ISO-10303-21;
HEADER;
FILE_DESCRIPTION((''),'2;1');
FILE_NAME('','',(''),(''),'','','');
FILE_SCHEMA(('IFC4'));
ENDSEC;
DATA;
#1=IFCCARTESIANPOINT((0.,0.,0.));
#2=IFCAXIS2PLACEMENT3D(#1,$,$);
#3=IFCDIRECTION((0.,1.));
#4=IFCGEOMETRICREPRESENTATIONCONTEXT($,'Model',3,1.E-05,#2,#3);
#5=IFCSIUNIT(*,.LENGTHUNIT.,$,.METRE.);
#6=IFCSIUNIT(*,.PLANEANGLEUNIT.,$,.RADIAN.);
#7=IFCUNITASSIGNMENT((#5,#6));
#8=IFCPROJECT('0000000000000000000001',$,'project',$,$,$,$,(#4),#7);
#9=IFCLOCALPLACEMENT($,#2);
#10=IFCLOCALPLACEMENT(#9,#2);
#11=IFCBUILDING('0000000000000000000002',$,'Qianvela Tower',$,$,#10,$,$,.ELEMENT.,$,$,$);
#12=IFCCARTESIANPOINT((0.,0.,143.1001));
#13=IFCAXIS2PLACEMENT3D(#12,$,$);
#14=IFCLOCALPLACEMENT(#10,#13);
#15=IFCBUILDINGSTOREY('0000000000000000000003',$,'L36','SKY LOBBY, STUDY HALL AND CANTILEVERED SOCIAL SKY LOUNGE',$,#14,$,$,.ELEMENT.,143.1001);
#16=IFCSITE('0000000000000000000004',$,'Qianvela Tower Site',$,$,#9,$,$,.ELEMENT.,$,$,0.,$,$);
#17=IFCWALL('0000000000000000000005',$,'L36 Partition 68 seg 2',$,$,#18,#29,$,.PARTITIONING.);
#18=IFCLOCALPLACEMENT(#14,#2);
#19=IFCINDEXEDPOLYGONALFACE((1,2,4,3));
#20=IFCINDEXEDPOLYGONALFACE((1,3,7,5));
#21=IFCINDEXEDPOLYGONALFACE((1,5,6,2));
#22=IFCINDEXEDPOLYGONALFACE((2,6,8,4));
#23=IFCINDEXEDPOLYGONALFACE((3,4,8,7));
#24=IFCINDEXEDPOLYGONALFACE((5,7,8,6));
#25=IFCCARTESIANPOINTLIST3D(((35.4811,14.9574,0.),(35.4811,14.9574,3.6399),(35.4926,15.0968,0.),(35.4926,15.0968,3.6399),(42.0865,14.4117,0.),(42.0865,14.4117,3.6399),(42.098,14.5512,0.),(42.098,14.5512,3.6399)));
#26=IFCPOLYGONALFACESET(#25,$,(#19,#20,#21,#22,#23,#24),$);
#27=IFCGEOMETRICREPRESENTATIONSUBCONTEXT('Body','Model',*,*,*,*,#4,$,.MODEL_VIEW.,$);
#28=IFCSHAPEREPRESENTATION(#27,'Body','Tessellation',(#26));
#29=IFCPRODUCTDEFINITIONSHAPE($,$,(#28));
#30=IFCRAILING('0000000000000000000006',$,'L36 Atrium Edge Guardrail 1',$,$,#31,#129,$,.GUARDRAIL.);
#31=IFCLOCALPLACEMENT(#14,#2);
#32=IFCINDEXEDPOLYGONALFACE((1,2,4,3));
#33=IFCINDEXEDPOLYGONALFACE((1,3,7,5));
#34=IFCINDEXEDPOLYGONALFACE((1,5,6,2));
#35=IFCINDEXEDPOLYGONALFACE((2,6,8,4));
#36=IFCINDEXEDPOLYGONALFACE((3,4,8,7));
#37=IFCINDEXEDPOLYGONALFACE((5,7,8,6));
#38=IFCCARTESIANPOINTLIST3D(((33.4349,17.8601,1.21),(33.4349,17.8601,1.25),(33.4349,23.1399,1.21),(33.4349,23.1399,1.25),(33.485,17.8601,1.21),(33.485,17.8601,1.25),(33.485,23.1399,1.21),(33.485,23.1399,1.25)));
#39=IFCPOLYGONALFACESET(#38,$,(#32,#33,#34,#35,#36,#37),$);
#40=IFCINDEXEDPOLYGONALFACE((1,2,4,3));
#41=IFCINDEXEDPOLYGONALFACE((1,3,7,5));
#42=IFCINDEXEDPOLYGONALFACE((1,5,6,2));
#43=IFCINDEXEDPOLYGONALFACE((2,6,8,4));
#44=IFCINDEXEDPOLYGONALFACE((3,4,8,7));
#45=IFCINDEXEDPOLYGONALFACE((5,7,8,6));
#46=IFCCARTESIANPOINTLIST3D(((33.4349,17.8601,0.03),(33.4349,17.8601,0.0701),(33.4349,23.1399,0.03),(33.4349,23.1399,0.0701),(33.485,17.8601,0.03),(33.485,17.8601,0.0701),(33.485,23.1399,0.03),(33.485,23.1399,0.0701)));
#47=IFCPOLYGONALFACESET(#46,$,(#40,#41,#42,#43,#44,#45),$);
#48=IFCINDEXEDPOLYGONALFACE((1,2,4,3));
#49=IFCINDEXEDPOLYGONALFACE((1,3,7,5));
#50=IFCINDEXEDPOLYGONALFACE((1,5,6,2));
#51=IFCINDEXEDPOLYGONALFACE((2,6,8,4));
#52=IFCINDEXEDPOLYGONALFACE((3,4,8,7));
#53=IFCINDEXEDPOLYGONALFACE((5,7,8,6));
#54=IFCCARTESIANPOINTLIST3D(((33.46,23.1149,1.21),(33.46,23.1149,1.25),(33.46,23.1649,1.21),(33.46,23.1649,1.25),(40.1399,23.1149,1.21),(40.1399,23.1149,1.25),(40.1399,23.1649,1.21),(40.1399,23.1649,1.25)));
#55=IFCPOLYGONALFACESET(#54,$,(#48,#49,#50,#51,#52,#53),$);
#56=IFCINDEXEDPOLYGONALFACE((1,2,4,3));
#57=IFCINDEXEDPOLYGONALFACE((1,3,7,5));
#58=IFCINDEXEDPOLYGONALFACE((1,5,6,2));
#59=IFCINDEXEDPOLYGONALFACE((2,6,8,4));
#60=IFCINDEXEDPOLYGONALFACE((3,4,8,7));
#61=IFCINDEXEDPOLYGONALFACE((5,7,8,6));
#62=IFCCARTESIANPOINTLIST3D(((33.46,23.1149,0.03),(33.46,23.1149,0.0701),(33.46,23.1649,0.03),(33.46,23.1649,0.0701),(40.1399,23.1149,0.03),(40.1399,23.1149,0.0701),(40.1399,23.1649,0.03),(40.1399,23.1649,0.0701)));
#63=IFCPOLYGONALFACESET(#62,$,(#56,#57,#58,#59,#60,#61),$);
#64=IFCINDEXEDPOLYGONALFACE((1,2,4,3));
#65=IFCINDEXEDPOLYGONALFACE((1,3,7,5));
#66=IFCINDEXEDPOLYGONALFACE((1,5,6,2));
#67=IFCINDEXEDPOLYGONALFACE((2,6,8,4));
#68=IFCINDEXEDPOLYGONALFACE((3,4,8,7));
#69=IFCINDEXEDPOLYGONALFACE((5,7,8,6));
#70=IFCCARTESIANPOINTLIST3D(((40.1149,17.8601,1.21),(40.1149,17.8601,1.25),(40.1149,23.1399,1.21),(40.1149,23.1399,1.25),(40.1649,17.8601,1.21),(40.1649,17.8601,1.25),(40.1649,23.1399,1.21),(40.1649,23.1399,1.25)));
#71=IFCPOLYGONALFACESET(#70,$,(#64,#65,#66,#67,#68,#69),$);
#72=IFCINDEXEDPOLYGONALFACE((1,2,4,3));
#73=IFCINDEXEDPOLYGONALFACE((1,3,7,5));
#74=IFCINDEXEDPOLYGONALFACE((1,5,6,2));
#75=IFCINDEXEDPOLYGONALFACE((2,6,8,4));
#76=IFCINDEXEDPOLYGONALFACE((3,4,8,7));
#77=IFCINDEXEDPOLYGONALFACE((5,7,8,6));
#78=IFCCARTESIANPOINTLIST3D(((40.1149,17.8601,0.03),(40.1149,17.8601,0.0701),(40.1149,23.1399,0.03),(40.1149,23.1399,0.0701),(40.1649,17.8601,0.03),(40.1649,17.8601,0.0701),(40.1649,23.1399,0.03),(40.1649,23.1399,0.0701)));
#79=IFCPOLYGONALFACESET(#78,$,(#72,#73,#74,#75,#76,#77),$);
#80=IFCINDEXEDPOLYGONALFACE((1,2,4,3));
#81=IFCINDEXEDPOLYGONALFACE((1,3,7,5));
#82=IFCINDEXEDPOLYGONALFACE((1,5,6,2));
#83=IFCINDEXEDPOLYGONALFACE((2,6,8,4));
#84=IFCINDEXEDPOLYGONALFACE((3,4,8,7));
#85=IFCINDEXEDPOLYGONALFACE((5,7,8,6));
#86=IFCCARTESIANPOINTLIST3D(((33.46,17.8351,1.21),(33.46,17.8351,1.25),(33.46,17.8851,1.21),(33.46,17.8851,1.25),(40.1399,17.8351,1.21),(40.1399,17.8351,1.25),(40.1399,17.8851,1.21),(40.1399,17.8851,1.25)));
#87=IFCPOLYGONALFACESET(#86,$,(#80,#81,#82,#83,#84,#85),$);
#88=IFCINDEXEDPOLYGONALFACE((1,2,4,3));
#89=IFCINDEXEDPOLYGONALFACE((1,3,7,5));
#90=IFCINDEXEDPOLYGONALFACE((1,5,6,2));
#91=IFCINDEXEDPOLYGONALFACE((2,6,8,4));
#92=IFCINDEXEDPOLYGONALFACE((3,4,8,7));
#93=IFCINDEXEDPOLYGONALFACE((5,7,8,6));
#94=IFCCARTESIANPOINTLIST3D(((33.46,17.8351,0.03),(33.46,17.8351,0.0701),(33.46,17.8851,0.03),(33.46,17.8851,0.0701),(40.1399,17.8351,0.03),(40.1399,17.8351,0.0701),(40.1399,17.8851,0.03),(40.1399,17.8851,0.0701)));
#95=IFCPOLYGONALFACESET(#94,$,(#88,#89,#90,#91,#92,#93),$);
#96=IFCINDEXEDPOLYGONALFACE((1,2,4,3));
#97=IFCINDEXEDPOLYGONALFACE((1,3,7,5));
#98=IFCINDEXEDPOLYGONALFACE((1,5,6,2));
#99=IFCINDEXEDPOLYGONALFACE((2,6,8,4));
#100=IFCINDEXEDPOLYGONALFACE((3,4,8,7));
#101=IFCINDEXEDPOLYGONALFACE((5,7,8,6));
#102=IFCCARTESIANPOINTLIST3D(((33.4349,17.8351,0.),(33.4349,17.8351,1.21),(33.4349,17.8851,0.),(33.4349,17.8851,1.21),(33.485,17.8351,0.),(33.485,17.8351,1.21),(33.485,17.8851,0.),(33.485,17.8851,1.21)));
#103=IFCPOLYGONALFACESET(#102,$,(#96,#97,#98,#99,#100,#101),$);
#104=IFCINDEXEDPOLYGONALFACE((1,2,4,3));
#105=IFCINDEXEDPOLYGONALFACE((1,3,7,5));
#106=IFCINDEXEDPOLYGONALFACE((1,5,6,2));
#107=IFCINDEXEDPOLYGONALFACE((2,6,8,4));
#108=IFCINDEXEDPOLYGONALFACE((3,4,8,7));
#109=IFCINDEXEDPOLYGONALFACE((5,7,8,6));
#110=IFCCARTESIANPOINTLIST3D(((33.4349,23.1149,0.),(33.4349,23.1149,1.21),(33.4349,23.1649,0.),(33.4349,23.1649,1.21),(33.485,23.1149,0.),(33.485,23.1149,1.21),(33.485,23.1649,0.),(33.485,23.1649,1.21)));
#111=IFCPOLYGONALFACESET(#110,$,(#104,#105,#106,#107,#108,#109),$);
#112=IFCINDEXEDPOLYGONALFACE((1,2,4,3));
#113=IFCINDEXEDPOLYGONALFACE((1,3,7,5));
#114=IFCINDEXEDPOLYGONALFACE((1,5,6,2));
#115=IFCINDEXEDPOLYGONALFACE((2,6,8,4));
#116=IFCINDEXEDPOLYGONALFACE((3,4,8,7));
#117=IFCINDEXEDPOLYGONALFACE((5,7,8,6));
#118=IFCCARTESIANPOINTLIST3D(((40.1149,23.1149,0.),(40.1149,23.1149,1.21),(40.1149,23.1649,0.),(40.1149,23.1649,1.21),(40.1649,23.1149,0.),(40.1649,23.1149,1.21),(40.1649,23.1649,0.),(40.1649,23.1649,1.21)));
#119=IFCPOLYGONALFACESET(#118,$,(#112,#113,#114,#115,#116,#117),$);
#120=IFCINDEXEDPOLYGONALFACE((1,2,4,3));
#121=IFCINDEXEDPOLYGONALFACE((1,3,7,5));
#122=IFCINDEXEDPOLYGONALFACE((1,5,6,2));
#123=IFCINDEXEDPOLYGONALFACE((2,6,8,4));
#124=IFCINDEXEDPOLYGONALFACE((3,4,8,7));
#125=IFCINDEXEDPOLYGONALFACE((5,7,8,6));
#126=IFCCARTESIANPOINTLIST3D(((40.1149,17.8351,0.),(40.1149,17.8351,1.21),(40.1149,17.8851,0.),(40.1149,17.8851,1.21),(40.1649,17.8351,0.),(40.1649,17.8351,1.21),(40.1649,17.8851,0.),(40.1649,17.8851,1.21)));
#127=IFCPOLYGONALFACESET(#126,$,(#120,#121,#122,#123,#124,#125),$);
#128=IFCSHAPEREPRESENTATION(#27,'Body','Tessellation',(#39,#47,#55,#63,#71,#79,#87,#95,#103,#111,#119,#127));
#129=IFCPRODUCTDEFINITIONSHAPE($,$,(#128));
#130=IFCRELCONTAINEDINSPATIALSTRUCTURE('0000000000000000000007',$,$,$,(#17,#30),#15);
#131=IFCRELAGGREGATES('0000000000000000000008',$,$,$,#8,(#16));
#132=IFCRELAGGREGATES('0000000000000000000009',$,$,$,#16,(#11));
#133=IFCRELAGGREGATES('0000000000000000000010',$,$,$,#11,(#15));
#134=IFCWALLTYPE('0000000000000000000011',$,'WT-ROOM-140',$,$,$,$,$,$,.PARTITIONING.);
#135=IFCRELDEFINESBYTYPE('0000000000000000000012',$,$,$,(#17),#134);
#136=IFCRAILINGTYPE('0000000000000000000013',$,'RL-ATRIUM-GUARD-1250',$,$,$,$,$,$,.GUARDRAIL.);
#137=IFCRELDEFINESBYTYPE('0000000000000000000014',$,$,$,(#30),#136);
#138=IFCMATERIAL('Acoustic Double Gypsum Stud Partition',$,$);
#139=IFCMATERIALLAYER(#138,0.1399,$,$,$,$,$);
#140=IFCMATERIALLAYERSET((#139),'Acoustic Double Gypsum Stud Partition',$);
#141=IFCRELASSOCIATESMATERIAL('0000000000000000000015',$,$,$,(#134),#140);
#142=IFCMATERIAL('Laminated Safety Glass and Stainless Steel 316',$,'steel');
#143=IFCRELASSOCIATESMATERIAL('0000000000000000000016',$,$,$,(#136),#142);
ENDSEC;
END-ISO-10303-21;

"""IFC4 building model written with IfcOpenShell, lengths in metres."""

from ifc_helpers import new_model, si_unit, direction, frame, frame_2d, origin, origin_2d, place, context, subcontext, project, spatial, rectangle, extrude, material, layer, layer_set, type_object, element, save


model = new_model("IFC4")

# Units and contexts
model_context = context("Model", 3, precision=1e-05, world=origin(), true_north=direction((0.0, 1.0)))
body_context = subcontext(model_context, "Body", "Model", "MODEL_VIEW")
ifc_project = project(units=[si_unit("LENGTHUNIT", "METRE"), si_unit("PLANEANGLEUNIT", "RADIAN")], contexts=[model_context])

# Site, building, storey
site_placement = place(None, origin())
site = spatial("IfcSite", under=ifc_project, at=site_placement, Name="Qianvela Tower Site", CompositionType="ELEMENT", RefElevation=0.0)
building_placement = place(site_placement, origin())
building = spatial("IfcBuilding", under=site, at=building_placement, Name="Qianvela Tower", CompositionType="ELEMENT")
storey_placement = place(building_placement, frame((0.0, 0.0, 143.1001)))
storey = spatial("IfcBuildingStorey", under=building, at=storey_placement, Name="L36", Description="SKY LOBBY, STUDY HALL AND CANTILEVERED SOCIAL SKY LOUNGE", CompositionType="ELEMENT", Elevation=143.1001)

# Wall
ifc_material_1 = material(Name="Acoustic Double Gypsum Stud Partition")
ifc_layer_1 = layer(ifc_material_1, 0.1399)
ifc_layer_set_1 = layer_set([ifc_layer_1], Name="Acoustic Double Gypsum Stud Partition")
wall_type_1 = type_object("IfcWallType", Name="WT-ROOM-140", PredefinedType="PARTITIONING", material=ifc_layer_set_1)
wall_1_placement = place(storey_placement, frame((35.4868, 15.0271, 0.0), z_axis=(0.0, 0.0, 1.0), x_axis=(0.996605, -0.082326, 0.0)))
element("IfcWall", 1, at=wall_1_placement, inside=storey, type_object=wall_type_1, Name="L36 Partition 68 seg 2", PredefinedType="PARTITIONING", context=body_context, shape_type="SweptSolid", body=[
    extrude(rectangle(XDim=6.6279, YDim=0.1399, at=frame_2d((3.314, 0.0))), origin(), (0.0, 0.0, 1.0), 3.6399),
])

# Railing
ifc_material_2 = material(Name="Laminated Safety Glass and Stainless Steel 316", Category="steel")
railing_type = type_object("IfcRailingType", Name="RL-ATRIUM-GUARD-1250", PredefinedType="GUARDRAIL", material=ifc_material_2)
railing_placement = place(storey_placement, frame((33.46, 17.8601, 0.0)))
element("IfcRailing", 2, at=railing_placement, inside=storey, type_object=railing_type, Name="L36 Atrium Edge Guardrail 1", PredefinedType="GUARDRAIL", context=body_context, shape_type="SweptSolid", body=[
    extrude(rectangle(XDim=0.05, YDim=0.04, at=origin_2d()), frame((0.0, 0.0, 1.23), z_axis=(0.0, 1.0, 0.0), x_axis=(-1.0, 0.0, 0.0)), (0.0, 0.0, 1.0), 5.2798),
    extrude(rectangle(XDim=0.05, YDim=0.04, at=origin_2d()), frame((0.0, 0.0, 0.05), z_axis=(0.0, 1.0, 0.0), x_axis=(-1.0, 0.0, 0.0)), (0.0, 0.0, 1.0), 5.2798),
    extrude(rectangle(XDim=0.05, YDim=0.04, at=origin_2d()), frame((0.0, 5.2798, 1.23), z_axis=(1.0, 0.0, 0.0), x_axis=(0.0, 1.0, 0.0)), (0.0, 0.0, 1.0), 6.6799),
    extrude(rectangle(XDim=0.05, YDim=0.04, at=origin_2d()), frame((0.0, 5.2798, 0.05), z_axis=(1.0, 0.0, 0.0), x_axis=(0.0, 1.0, 0.0)), (0.0, 0.0, 1.0), 6.6799),
    extrude(rectangle(XDim=0.05, YDim=0.04, at=origin_2d()), frame((6.6799, 5.2798, 1.23), z_axis=(0.0, -1.0, 0.0), x_axis=(1.0, 0.0, 0.0)), (0.0, 0.0, 1.0), 5.2798),
    extrude(rectangle(XDim=0.05, YDim=0.04, at=origin_2d()), frame((6.6799, 5.2798, 0.05), z_axis=(0.0, -1.0, 0.0), x_axis=(1.0, 0.0, 0.0)), (0.0, 0.0, 1.0), 5.2798),
    extrude(rectangle(XDim=0.05, YDim=0.04, at=origin_2d()), frame((6.6799, 0.0, 1.23), z_axis=(-1.0, 0.0, 0.0), x_axis=(0.0, -1.0, 0.0)), (0.0, 0.0, 1.0), 6.6799),
    extrude(rectangle(XDim=0.05, YDim=0.04, at=origin_2d()), frame((6.6799, 0.0, 0.05), z_axis=(-1.0, 0.0, 0.0), x_axis=(0.0, -1.0, 0.0)), (0.0, 0.0, 1.0), 6.6799),
    extrude(rectangle(XDim=0.05, YDim=0.05, at=origin_2d()), origin(), (0.0, 0.0, 1.0), 1.21),
    extrude(rectangle(XDim=0.05, YDim=0.05, at=origin_2d()), frame((0.0, 5.2798, 0.0)), (0.0, 0.0, 1.0), 1.21),
    extrude(rectangle(XDim=0.05, YDim=0.05, at=origin_2d()), frame((6.6799, 5.2798, 0.0)), (0.0, 0.0, 1.0), 1.21),
    extrude(rectangle(XDim=0.05, YDim=0.05, at=origin_2d()), frame((6.6799, 0.0, 0.0)), (0.0, 0.0, 1.0), 1.21),
])

save(model, "model.ifc")
